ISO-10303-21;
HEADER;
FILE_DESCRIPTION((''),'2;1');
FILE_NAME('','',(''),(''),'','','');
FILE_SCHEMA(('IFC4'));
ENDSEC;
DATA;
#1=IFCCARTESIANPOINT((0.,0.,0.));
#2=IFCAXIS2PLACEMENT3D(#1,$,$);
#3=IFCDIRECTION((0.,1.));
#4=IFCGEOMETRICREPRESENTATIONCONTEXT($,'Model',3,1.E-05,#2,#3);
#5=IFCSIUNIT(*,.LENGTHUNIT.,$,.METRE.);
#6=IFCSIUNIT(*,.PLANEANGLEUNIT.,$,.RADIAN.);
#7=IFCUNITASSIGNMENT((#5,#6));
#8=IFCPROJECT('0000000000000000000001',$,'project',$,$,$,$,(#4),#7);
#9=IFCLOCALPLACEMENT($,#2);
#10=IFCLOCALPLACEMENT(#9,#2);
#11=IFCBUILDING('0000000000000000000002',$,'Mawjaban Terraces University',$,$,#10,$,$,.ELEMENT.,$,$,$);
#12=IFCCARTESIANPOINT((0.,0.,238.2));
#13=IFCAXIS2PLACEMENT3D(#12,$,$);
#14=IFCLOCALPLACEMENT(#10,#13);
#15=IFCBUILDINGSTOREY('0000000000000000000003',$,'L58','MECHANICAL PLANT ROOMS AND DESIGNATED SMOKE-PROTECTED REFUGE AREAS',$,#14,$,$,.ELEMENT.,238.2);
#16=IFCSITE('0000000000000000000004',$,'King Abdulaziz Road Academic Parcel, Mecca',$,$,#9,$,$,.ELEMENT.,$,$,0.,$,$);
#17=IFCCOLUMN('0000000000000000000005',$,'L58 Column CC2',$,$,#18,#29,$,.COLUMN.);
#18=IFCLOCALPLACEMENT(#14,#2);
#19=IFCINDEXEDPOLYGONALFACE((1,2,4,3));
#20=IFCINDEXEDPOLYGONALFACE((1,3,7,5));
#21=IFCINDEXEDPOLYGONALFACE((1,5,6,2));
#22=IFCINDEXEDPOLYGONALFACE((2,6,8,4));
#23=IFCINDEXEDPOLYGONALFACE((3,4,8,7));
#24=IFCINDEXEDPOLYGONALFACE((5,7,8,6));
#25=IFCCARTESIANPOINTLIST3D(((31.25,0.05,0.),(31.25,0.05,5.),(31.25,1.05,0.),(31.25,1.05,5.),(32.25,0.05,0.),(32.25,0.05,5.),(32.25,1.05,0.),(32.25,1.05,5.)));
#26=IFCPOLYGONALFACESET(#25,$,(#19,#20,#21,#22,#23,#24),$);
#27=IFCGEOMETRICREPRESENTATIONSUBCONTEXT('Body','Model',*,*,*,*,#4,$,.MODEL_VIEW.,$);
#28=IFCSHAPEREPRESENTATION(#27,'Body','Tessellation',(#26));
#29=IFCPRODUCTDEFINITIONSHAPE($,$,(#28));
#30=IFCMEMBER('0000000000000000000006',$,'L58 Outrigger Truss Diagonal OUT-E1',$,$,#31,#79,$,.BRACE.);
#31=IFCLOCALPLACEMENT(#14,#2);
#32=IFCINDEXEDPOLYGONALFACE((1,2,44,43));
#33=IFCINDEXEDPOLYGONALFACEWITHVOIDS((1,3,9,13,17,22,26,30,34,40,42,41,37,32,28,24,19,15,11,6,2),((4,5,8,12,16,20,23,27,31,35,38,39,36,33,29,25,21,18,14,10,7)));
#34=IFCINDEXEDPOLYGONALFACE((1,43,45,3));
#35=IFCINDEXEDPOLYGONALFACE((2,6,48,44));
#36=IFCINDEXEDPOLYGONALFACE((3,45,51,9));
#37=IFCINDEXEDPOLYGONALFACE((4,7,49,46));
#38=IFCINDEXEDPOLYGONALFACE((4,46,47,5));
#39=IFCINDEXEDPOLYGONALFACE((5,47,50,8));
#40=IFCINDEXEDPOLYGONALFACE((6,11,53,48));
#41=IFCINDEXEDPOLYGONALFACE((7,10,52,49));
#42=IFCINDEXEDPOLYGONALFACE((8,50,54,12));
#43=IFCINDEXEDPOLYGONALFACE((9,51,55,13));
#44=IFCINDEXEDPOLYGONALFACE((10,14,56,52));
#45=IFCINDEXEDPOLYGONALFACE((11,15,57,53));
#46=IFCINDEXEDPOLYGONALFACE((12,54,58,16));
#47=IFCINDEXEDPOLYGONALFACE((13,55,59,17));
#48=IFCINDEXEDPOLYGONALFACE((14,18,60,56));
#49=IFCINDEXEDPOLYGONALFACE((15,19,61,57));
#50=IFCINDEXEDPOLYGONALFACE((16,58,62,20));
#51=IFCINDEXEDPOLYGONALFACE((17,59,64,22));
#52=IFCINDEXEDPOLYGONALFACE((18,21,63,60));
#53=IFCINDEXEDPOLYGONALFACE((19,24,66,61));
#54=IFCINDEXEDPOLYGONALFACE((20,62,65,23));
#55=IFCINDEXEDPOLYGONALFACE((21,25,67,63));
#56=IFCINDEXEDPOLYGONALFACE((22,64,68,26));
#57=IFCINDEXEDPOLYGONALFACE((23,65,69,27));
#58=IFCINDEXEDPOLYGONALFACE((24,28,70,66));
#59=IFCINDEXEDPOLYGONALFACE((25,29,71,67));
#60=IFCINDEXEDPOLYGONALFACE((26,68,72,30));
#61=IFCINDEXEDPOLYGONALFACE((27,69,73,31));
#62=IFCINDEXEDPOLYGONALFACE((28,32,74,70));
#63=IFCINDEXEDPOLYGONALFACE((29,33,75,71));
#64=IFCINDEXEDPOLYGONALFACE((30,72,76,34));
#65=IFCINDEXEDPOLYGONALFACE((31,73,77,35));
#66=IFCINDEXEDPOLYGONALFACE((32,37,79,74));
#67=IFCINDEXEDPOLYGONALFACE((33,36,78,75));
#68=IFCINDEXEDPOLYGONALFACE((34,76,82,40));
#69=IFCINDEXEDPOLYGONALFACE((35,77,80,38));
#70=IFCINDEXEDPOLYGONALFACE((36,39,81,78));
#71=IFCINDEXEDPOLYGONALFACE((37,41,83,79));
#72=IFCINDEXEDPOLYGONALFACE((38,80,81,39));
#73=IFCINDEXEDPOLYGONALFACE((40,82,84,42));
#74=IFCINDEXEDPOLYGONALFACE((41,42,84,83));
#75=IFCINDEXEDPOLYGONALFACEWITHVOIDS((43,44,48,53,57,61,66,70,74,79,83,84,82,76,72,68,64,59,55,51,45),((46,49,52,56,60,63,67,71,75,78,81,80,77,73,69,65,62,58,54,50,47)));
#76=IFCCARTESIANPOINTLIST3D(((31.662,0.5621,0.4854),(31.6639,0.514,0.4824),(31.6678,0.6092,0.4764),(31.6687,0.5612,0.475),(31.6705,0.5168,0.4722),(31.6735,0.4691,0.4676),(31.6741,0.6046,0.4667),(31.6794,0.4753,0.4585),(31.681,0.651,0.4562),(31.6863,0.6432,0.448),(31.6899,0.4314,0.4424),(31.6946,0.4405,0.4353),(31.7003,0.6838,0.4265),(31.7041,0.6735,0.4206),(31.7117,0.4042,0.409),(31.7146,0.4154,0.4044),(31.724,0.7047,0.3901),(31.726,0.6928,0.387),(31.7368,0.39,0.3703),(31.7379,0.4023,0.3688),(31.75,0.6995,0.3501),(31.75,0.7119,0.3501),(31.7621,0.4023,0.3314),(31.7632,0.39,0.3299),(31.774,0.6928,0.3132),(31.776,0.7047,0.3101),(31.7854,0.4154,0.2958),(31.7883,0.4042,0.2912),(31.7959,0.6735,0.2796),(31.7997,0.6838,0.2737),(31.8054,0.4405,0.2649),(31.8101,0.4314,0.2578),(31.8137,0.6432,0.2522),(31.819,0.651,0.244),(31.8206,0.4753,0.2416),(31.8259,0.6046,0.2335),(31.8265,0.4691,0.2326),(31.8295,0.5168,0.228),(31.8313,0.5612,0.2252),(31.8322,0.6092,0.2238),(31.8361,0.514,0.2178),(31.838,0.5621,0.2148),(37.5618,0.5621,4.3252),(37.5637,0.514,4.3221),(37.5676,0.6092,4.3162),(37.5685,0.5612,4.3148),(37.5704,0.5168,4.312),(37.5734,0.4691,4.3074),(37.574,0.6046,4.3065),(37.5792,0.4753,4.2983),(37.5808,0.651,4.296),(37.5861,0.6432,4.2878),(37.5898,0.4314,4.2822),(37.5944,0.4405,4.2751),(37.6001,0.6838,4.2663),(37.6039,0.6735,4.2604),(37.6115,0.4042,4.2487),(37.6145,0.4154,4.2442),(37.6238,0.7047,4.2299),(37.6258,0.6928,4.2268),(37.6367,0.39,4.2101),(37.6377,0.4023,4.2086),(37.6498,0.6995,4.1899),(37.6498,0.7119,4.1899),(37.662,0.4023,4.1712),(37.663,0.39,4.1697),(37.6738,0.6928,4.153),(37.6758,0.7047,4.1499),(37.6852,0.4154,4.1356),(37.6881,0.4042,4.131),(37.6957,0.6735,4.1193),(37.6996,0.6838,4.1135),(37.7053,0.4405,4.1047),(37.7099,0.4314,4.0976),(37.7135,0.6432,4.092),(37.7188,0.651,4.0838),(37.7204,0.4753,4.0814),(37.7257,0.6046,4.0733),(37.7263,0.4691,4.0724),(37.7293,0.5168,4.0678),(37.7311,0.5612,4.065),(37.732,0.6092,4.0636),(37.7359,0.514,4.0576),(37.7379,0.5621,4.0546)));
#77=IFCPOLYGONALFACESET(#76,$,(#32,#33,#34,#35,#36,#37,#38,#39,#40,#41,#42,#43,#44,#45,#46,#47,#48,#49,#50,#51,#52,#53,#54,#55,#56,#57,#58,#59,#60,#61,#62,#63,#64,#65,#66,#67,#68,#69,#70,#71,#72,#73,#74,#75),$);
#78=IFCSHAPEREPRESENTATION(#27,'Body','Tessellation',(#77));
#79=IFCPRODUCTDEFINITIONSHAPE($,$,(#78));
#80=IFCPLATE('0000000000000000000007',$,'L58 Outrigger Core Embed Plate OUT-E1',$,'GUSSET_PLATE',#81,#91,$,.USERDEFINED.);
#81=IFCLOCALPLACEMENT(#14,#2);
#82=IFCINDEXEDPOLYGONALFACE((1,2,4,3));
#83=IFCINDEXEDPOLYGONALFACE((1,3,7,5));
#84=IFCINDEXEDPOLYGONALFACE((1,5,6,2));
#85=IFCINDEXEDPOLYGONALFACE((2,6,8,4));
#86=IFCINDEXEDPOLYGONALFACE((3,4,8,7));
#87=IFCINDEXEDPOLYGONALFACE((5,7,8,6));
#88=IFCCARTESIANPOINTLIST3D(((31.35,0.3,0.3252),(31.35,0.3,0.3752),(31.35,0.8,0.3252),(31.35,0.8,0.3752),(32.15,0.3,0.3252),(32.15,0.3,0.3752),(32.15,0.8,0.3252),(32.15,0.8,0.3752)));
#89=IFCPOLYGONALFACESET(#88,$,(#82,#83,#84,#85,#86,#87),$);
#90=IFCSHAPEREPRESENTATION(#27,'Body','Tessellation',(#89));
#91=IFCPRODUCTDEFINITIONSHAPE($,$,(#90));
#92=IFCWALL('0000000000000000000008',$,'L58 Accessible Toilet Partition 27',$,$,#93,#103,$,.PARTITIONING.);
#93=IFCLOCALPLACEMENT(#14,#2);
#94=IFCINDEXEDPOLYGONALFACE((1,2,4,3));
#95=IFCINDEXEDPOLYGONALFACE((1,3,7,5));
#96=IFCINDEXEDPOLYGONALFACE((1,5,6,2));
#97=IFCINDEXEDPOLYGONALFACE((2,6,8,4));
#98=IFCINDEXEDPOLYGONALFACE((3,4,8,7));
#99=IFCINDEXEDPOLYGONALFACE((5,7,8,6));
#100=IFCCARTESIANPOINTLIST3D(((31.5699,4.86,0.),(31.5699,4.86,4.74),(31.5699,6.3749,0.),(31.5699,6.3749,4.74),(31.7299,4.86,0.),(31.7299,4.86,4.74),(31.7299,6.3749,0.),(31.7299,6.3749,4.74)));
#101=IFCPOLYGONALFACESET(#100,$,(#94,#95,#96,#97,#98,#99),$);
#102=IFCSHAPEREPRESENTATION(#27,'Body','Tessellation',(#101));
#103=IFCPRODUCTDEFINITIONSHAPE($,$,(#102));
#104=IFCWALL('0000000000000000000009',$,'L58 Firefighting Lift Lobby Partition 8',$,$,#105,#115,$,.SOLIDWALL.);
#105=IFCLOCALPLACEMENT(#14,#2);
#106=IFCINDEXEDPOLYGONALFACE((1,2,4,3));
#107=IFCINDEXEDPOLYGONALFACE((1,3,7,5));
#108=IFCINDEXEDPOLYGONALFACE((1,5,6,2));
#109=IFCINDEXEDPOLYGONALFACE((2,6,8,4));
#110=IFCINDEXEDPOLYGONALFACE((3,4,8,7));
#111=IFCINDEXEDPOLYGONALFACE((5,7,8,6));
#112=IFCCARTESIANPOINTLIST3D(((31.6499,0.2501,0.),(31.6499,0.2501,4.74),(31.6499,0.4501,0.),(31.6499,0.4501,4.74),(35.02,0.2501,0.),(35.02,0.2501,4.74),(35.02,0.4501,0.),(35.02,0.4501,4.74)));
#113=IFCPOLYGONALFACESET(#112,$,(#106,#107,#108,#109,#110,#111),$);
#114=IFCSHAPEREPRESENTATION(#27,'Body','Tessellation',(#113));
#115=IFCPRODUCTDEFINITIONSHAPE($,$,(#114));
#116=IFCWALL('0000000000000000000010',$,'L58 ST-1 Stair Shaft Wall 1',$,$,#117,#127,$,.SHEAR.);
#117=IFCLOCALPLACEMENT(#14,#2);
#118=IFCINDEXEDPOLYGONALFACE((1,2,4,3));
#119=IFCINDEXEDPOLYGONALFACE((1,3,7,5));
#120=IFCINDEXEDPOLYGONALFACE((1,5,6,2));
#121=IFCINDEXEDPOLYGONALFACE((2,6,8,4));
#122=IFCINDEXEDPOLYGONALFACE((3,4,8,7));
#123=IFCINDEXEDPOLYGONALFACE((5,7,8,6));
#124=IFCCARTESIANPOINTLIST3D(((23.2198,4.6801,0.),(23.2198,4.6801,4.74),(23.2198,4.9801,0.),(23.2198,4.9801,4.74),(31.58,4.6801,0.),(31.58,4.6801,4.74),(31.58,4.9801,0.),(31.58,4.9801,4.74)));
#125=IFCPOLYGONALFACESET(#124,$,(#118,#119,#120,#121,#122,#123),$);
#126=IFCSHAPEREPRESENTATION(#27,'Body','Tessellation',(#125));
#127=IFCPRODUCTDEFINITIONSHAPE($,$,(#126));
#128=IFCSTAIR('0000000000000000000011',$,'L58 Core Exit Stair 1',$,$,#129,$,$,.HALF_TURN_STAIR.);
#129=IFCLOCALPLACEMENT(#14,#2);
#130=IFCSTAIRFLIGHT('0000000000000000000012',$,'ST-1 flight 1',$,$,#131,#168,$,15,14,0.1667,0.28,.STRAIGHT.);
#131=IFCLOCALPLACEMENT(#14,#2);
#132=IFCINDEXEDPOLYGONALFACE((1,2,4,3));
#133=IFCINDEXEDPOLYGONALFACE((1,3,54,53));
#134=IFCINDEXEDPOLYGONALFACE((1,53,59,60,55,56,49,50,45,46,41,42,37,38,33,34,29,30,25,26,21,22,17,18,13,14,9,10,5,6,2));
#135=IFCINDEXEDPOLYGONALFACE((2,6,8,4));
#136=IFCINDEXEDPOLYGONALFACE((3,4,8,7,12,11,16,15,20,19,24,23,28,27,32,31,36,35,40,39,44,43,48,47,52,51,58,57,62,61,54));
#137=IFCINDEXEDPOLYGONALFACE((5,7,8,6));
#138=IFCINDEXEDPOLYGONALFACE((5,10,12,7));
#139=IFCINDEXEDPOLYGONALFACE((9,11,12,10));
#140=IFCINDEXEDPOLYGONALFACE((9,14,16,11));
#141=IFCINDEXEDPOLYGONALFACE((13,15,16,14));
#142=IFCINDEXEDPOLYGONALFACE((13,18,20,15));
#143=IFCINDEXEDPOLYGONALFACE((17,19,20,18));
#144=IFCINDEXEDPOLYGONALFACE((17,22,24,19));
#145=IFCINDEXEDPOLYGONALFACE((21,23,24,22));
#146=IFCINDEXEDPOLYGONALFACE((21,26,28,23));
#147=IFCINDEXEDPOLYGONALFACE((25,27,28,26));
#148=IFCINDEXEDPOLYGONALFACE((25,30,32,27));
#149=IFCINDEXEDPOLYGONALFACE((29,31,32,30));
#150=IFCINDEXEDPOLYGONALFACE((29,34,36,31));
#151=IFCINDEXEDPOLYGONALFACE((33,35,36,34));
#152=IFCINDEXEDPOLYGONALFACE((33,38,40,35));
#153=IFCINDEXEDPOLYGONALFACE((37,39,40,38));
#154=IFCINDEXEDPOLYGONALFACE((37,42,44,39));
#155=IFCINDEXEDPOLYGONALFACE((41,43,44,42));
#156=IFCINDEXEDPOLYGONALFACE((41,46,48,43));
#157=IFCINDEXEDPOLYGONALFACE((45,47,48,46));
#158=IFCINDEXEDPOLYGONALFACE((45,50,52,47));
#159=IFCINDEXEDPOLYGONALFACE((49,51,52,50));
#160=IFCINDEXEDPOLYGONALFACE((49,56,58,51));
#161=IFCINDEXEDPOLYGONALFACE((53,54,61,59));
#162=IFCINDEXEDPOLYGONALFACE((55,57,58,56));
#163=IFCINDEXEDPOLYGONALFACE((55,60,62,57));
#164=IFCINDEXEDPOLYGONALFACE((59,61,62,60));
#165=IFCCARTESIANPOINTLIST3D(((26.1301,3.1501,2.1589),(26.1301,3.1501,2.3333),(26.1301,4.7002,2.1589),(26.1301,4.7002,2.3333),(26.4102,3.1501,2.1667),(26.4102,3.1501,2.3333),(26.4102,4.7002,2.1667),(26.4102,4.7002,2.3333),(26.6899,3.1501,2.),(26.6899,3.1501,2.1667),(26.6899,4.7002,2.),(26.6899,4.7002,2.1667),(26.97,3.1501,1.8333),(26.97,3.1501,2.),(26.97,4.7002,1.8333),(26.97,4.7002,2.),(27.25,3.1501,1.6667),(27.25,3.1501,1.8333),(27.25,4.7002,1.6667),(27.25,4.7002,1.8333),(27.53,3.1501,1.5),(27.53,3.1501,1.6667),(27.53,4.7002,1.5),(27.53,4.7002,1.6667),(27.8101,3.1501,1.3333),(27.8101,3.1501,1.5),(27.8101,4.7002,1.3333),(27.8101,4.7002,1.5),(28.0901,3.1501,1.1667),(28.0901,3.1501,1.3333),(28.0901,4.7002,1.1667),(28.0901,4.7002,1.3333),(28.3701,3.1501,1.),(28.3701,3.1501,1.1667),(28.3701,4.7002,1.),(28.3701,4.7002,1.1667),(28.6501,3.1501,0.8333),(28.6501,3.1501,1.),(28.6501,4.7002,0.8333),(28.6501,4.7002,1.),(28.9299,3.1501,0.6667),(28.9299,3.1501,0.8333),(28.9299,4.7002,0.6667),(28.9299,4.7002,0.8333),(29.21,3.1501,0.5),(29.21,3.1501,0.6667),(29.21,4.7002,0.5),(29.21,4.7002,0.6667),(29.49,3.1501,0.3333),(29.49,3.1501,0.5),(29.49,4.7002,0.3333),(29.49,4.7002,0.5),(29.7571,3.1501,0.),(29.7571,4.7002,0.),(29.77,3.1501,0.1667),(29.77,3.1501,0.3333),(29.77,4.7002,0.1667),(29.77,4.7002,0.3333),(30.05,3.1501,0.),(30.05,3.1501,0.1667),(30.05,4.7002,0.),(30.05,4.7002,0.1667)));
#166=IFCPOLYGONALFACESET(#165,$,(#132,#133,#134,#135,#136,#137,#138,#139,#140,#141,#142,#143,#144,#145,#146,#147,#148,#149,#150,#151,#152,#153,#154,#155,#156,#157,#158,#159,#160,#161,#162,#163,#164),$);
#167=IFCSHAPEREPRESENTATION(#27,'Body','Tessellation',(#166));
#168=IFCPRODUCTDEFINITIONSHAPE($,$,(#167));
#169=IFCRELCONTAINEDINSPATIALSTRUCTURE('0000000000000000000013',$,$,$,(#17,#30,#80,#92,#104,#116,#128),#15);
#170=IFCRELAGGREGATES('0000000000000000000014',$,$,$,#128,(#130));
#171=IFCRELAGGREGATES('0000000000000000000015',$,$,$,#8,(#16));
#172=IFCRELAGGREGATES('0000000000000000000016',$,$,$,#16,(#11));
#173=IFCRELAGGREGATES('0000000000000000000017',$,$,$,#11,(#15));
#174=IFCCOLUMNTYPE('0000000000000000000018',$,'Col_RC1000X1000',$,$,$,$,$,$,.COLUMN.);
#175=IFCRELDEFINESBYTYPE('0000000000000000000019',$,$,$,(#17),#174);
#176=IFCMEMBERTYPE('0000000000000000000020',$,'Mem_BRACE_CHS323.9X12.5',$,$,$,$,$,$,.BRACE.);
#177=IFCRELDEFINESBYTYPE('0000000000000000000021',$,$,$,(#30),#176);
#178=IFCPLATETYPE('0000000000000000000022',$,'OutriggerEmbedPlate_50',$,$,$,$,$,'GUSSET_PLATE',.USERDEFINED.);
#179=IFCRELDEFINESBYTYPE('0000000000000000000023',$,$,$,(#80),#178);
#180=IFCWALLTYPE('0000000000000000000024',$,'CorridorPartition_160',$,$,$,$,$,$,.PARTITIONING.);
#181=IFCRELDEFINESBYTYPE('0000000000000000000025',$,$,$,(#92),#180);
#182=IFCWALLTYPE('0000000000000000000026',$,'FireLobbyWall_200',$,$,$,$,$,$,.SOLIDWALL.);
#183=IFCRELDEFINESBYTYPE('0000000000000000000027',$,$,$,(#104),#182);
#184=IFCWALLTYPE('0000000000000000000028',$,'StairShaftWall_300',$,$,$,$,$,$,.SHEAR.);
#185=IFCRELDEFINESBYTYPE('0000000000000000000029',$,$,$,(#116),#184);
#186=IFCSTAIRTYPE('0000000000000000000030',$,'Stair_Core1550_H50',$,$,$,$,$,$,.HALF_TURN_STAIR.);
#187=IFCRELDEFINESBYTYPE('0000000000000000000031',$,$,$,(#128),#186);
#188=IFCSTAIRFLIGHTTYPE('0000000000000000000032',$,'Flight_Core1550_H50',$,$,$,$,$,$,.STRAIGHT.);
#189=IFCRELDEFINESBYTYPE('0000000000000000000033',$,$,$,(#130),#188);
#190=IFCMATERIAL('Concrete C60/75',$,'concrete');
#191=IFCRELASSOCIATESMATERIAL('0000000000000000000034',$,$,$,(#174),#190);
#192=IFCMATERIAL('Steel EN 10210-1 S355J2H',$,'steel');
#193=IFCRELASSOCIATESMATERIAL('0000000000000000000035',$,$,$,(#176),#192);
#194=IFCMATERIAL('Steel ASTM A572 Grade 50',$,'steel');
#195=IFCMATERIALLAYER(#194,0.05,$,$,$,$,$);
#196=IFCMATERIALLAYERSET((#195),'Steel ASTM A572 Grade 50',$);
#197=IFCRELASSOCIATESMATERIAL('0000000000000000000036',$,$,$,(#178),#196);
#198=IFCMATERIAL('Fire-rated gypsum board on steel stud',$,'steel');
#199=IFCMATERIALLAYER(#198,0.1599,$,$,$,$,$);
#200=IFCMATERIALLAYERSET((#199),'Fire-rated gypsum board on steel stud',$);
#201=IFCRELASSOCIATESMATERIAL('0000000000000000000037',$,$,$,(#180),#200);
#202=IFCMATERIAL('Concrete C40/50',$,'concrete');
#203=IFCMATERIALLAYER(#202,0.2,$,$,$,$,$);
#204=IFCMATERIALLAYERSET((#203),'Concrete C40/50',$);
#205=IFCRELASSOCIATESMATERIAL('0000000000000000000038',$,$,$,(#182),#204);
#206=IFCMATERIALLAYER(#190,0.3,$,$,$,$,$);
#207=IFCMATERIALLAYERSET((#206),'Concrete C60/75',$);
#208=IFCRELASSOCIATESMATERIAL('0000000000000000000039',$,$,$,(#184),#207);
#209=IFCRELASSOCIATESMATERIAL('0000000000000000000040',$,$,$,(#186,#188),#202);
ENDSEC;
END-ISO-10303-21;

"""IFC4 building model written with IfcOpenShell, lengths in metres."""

from ifc_helpers import new_model, si_unit, direction, frame, frame_2d, origin, origin_2d, place, context, subcontext, project, spatial, polyline, rectangle, hollow_circle, outline, extrude, material, layer, layer_set, material_profile, profile_set, type_object, element, aggregate, save


model = new_model("IFC4")

# Units and contexts
model_context = context("Model", 3, precision=1e-05, world=origin(), true_north=direction((0.0, 1.0)))
body_context = subcontext(model_context, "Body", "Model", "MODEL_VIEW")
ifc_project = project(units=[si_unit("LENGTHUNIT", "METRE"), si_unit("PLANEANGLEUNIT", "RADIAN")], contexts=[model_context])

# Site, building, storey
site_placement = place(None, origin())
site = spatial("IfcSite", under=ifc_project, at=site_placement, Name="King Abdulaziz Road Academic Parcel, Mecca", CompositionType="ELEMENT", RefElevation=0.0)
building_placement = place(site_placement, origin())
building = spatial("IfcBuilding", under=site, at=building_placement, Name="Mawjaban Terraces University", CompositionType="ELEMENT")
storey_placement = place(building_placement, frame((0.0, 0.0, 238.2)))
storey = spatial("IfcBuildingStorey", under=building, at=storey_placement, Name="L58", Description="MECHANICAL PLANT ROOMS AND DESIGNATED SMOKE-PROTECTED REFUGE AREAS", CompositionType="ELEMENT", Elevation=238.2)

# Column
ifc_material_1 = material(Name="Concrete C60/75", Category="concrete")
ifc_material_profile_1 = material_profile(ifc_material_1, rectangle(XDim=1.0, YDim=1.0, at=origin_2d()), Name="RC1000X1000")
ifc_profile_set_1 = profile_set([ifc_material_profile_1], Name="Concrete C60/75")
column_type = type_object("IfcColumnType", Name="Col_RC1000X1000", PredefinedType="COLUMN", material=ifc_profile_set_1)
column_placement = place(storey_placement, frame((31.75, 0.55, 0.0), z_axis=(0.0, 0.0, 1.0), x_axis=(1.0, 0.0, 0.0)))
element("IfcColumn", 1, at=column_placement, inside=storey, type_object=column_type, Name="L58 Column CC2", PredefinedType="COLUMN", context=body_context, shape_type="SweptSolid", body=[
    extrude(rectangle(XDim=1.0, YDim=1.0, at=origin_2d()), origin(), (0.0, 0.0, 1.0), 5.0),
])

# Member
ifc_material_2 = material(Name="Steel EN 10210-1 S355J2H", Category="steel")
ifc_material_profile_2 = material_profile(ifc_material_2, hollow_circle(Radius=0.1619, WallThickness=0.0125, at=origin_2d()), Name="CHS323.9X12.5")
ifc_profile_set_2 = profile_set([ifc_material_profile_2], Name="Steel EN 10210-1 S355J2H")
member_type = type_object("IfcMemberType", Name="Mem_BRACE_CHS323.9X12.5", PredefinedType="BRACE", material=ifc_profile_set_2)
member_placement = place(storey_placement, frame((31.75, 0.55, 0.3501), z_axis=(0.838125, 0.0, 0.545478), x_axis=(0.0, 1.0, 0.0)))
element("IfcMember", 2, at=member_placement, inside=storey, type_object=member_type, Name="L58 Outrigger Truss Diagonal OUT-E1", PredefinedType="BRACE", context=body_context, shape_type="SweptSolid", body=[
    extrude(hollow_circle(Radius=0.1619, WallThickness=0.0125, at=origin_2d()), origin(), (0.0, 0.0, 1.0), 7.0393),
])

# Plate
ifc_material_3 = material(Name="Steel ASTM A572 Grade 50", Category="steel")
ifc_layer_1 = layer(ifc_material_3, 0.05)
ifc_layer_set_1 = layer_set([ifc_layer_1], Name="Steel ASTM A572 Grade 50")
plate_type = type_object("IfcPlateType", Name="OutriggerEmbedPlate_50", ElementType="GUSSET_PLATE", PredefinedType="USERDEFINED", material=ifc_layer_set_1)
plate_placement = place(storey_placement, frame((31.75, 0.55, 0.3252), z_axis=(0.0, 0.0, 1.0), x_axis=(1.0, 0.0, 0.0)))
element("IfcPlate", 3, at=plate_placement, inside=storey, type_object=plate_type, Name="L58 Outrigger Core Embed Plate OUT-E1", ObjectType="GUSSET_PLATE", PredefinedType="USERDEFINED", context=body_context, shape_type="SweptSolid", body=[
    extrude(rectangle(XDim=0.8, YDim=0.5, at=origin_2d()), origin(), (0.0, 0.0, 1.0), 0.05),
])

# Wall
ifc_material_4 = material(Name="Fire-rated gypsum board on steel stud", Category="steel")
ifc_layer_2 = layer(ifc_material_4, 0.1599)
ifc_layer_set_2 = layer_set([ifc_layer_2], Name="Fire-rated gypsum board on steel stud")
wall_type_1 = type_object("IfcWallType", Name="CorridorPartition_160", PredefinedType="PARTITIONING", material=ifc_layer_set_2)
wall_1_placement = place(storey_placement, frame((31.6499, 4.8601, 0.0), z_axis=(0.0, 0.0, 1.0), x_axis=(0.0, 1.0, 0.0)))
element("IfcWall", 4, at=wall_1_placement, inside=storey, type_object=wall_type_1, Name="L58 Accessible Toilet Partition 27", PredefinedType="PARTITIONING", context=body_context, shape_type="SweptSolid", body=[
    extrude(rectangle(XDim=1.5149, YDim=0.1599, at=frame_2d((0.7573, 0.0))), origin(), (0.0, 0.0, 1.0), 4.74),
])

# Shared definitions
ifc_material_5 = material(Name="Concrete C40/50", Category="concrete")
ifc_layer_3 = layer(ifc_material_5, 0.2)
ifc_layer_set_3 = layer_set([ifc_layer_3], Name="Concrete C40/50")
wall_type_2 = type_object("IfcWallType", Name="FireLobbyWall_200", PredefinedType="SOLIDWALL", material=ifc_layer_set_3)

# Wall
wall_2_placement = place(storey_placement, frame((31.6499, 0.3501, 0.0), z_axis=(0.0, 0.0, 1.0), x_axis=(1.0, 0.0, 0.0)))
element("IfcWall", 5, at=wall_2_placement, inside=storey, type_object=wall_type_2, Name="L58 Firefighting Lift Lobby Partition 8", PredefinedType="SOLIDWALL", context=body_context, shape_type="SweptSolid", body=[
    extrude(rectangle(XDim=3.3701, YDim=0.2, at=frame_2d((1.6851, 0.0))), origin(), (0.0, 0.0, 1.0), 4.74),
])

# Wall
ifc_layer_4 = layer(ifc_material_1, 0.3)
ifc_layer_set_4 = layer_set([ifc_layer_4], Name="Concrete C60/75")
wall_type_3 = type_object("IfcWallType", Name="StairShaftWall_300", PredefinedType="SHEAR", material=ifc_layer_set_4)
wall_3_placement = place(storey_placement, frame((31.5801, 4.8301, 0.0), z_axis=(0.0, 0.0, 1.0), x_axis=(-1.0, 0.0, 0.0)))
element("IfcWall", 6, at=wall_3_placement, inside=storey, type_object=wall_type_3, Name="L58 ST-1 Stair Shaft Wall 1", PredefinedType="SHEAR", context=body_context, shape_type="SweptSolid", body=[
    extrude(rectangle(XDim=8.3601, YDim=0.3, at=frame_2d((4.1802, 0.0))), origin(), (0.0, 0.0, 1.0), 4.74),
])

# Stair, stair flight
stair_type = type_object("IfcStairType", Name="Stair_Core1550_H50", PredefinedType="HALF_TURN_STAIR", material=ifc_material_5)
stair_placement = place(storey_placement, origin())
stair = element("IfcStair", 7, at=stair_placement, inside=storey, type_object=stair_type, Name="L58 Core Exit Stair 1", PredefinedType="HALF_TURN_STAIR")
stair_flight_type = type_object("IfcStairFlightType", Name="Flight_Core1550_H50", PredefinedType="STRAIGHT", material=ifc_material_5)
stair_flight_placement = place(storey_placement, frame((30.05, 3.925, 0.0), z_axis=(0.0, 0.0, 1.0), x_axis=(-1.0, 0.0, 0.0)))
stair_flight = element("IfcStairFlight", 8, at=stair_flight_placement, type_object=stair_flight_type, Name="ST-1 flight 1", NumberOfRisers=15, NumberOfTreads=14, PredefinedType="STRAIGHT", RiserHeight=0.1667, TreadLength=0.28, context=body_context, shape_type="SweptSolid", body=[
    extrude(outline(polyline([(0.0, 0.0), (0.0, 0.1667), (0.28, 0.1667), (0.28, 0.3333), (0.5601, 0.3333), (0.5601, 0.5), (0.8401, 0.5), (0.8401, 0.6667), (1.1201, 0.6667), (1.1201, 0.8333), (1.3999, 0.8333), (1.3999, 1.0), (1.6799, 1.0), (1.6799, 1.1667), (1.96, 1.1667), (1.96, 1.3333), (2.24, 1.3333), (2.24, 1.5), (2.52, 1.5), (2.52, 1.6667), (2.8, 1.6667), (2.8, 1.8333), (3.0801, 1.8333), (3.0801, 2.0), (3.3601, 2.0), (3.3601, 2.1667), (3.6399, 2.1667), (3.6399, 2.3333), (3.9199, 2.3333), (3.9199, 2.5), (3.9199, 2.1589), (0.293, 0.0), (0.0, 0.0)])), frame((0.0, 0.7749, 0.0), z_axis=(0.0, -1.0, 0.0), x_axis=(1.0, 0.0, 0.0)), (0.0, 0.0, 1.0), 1.55),
])
aggregate(stair, [stair_flight])

save(model, "model.ifc")
